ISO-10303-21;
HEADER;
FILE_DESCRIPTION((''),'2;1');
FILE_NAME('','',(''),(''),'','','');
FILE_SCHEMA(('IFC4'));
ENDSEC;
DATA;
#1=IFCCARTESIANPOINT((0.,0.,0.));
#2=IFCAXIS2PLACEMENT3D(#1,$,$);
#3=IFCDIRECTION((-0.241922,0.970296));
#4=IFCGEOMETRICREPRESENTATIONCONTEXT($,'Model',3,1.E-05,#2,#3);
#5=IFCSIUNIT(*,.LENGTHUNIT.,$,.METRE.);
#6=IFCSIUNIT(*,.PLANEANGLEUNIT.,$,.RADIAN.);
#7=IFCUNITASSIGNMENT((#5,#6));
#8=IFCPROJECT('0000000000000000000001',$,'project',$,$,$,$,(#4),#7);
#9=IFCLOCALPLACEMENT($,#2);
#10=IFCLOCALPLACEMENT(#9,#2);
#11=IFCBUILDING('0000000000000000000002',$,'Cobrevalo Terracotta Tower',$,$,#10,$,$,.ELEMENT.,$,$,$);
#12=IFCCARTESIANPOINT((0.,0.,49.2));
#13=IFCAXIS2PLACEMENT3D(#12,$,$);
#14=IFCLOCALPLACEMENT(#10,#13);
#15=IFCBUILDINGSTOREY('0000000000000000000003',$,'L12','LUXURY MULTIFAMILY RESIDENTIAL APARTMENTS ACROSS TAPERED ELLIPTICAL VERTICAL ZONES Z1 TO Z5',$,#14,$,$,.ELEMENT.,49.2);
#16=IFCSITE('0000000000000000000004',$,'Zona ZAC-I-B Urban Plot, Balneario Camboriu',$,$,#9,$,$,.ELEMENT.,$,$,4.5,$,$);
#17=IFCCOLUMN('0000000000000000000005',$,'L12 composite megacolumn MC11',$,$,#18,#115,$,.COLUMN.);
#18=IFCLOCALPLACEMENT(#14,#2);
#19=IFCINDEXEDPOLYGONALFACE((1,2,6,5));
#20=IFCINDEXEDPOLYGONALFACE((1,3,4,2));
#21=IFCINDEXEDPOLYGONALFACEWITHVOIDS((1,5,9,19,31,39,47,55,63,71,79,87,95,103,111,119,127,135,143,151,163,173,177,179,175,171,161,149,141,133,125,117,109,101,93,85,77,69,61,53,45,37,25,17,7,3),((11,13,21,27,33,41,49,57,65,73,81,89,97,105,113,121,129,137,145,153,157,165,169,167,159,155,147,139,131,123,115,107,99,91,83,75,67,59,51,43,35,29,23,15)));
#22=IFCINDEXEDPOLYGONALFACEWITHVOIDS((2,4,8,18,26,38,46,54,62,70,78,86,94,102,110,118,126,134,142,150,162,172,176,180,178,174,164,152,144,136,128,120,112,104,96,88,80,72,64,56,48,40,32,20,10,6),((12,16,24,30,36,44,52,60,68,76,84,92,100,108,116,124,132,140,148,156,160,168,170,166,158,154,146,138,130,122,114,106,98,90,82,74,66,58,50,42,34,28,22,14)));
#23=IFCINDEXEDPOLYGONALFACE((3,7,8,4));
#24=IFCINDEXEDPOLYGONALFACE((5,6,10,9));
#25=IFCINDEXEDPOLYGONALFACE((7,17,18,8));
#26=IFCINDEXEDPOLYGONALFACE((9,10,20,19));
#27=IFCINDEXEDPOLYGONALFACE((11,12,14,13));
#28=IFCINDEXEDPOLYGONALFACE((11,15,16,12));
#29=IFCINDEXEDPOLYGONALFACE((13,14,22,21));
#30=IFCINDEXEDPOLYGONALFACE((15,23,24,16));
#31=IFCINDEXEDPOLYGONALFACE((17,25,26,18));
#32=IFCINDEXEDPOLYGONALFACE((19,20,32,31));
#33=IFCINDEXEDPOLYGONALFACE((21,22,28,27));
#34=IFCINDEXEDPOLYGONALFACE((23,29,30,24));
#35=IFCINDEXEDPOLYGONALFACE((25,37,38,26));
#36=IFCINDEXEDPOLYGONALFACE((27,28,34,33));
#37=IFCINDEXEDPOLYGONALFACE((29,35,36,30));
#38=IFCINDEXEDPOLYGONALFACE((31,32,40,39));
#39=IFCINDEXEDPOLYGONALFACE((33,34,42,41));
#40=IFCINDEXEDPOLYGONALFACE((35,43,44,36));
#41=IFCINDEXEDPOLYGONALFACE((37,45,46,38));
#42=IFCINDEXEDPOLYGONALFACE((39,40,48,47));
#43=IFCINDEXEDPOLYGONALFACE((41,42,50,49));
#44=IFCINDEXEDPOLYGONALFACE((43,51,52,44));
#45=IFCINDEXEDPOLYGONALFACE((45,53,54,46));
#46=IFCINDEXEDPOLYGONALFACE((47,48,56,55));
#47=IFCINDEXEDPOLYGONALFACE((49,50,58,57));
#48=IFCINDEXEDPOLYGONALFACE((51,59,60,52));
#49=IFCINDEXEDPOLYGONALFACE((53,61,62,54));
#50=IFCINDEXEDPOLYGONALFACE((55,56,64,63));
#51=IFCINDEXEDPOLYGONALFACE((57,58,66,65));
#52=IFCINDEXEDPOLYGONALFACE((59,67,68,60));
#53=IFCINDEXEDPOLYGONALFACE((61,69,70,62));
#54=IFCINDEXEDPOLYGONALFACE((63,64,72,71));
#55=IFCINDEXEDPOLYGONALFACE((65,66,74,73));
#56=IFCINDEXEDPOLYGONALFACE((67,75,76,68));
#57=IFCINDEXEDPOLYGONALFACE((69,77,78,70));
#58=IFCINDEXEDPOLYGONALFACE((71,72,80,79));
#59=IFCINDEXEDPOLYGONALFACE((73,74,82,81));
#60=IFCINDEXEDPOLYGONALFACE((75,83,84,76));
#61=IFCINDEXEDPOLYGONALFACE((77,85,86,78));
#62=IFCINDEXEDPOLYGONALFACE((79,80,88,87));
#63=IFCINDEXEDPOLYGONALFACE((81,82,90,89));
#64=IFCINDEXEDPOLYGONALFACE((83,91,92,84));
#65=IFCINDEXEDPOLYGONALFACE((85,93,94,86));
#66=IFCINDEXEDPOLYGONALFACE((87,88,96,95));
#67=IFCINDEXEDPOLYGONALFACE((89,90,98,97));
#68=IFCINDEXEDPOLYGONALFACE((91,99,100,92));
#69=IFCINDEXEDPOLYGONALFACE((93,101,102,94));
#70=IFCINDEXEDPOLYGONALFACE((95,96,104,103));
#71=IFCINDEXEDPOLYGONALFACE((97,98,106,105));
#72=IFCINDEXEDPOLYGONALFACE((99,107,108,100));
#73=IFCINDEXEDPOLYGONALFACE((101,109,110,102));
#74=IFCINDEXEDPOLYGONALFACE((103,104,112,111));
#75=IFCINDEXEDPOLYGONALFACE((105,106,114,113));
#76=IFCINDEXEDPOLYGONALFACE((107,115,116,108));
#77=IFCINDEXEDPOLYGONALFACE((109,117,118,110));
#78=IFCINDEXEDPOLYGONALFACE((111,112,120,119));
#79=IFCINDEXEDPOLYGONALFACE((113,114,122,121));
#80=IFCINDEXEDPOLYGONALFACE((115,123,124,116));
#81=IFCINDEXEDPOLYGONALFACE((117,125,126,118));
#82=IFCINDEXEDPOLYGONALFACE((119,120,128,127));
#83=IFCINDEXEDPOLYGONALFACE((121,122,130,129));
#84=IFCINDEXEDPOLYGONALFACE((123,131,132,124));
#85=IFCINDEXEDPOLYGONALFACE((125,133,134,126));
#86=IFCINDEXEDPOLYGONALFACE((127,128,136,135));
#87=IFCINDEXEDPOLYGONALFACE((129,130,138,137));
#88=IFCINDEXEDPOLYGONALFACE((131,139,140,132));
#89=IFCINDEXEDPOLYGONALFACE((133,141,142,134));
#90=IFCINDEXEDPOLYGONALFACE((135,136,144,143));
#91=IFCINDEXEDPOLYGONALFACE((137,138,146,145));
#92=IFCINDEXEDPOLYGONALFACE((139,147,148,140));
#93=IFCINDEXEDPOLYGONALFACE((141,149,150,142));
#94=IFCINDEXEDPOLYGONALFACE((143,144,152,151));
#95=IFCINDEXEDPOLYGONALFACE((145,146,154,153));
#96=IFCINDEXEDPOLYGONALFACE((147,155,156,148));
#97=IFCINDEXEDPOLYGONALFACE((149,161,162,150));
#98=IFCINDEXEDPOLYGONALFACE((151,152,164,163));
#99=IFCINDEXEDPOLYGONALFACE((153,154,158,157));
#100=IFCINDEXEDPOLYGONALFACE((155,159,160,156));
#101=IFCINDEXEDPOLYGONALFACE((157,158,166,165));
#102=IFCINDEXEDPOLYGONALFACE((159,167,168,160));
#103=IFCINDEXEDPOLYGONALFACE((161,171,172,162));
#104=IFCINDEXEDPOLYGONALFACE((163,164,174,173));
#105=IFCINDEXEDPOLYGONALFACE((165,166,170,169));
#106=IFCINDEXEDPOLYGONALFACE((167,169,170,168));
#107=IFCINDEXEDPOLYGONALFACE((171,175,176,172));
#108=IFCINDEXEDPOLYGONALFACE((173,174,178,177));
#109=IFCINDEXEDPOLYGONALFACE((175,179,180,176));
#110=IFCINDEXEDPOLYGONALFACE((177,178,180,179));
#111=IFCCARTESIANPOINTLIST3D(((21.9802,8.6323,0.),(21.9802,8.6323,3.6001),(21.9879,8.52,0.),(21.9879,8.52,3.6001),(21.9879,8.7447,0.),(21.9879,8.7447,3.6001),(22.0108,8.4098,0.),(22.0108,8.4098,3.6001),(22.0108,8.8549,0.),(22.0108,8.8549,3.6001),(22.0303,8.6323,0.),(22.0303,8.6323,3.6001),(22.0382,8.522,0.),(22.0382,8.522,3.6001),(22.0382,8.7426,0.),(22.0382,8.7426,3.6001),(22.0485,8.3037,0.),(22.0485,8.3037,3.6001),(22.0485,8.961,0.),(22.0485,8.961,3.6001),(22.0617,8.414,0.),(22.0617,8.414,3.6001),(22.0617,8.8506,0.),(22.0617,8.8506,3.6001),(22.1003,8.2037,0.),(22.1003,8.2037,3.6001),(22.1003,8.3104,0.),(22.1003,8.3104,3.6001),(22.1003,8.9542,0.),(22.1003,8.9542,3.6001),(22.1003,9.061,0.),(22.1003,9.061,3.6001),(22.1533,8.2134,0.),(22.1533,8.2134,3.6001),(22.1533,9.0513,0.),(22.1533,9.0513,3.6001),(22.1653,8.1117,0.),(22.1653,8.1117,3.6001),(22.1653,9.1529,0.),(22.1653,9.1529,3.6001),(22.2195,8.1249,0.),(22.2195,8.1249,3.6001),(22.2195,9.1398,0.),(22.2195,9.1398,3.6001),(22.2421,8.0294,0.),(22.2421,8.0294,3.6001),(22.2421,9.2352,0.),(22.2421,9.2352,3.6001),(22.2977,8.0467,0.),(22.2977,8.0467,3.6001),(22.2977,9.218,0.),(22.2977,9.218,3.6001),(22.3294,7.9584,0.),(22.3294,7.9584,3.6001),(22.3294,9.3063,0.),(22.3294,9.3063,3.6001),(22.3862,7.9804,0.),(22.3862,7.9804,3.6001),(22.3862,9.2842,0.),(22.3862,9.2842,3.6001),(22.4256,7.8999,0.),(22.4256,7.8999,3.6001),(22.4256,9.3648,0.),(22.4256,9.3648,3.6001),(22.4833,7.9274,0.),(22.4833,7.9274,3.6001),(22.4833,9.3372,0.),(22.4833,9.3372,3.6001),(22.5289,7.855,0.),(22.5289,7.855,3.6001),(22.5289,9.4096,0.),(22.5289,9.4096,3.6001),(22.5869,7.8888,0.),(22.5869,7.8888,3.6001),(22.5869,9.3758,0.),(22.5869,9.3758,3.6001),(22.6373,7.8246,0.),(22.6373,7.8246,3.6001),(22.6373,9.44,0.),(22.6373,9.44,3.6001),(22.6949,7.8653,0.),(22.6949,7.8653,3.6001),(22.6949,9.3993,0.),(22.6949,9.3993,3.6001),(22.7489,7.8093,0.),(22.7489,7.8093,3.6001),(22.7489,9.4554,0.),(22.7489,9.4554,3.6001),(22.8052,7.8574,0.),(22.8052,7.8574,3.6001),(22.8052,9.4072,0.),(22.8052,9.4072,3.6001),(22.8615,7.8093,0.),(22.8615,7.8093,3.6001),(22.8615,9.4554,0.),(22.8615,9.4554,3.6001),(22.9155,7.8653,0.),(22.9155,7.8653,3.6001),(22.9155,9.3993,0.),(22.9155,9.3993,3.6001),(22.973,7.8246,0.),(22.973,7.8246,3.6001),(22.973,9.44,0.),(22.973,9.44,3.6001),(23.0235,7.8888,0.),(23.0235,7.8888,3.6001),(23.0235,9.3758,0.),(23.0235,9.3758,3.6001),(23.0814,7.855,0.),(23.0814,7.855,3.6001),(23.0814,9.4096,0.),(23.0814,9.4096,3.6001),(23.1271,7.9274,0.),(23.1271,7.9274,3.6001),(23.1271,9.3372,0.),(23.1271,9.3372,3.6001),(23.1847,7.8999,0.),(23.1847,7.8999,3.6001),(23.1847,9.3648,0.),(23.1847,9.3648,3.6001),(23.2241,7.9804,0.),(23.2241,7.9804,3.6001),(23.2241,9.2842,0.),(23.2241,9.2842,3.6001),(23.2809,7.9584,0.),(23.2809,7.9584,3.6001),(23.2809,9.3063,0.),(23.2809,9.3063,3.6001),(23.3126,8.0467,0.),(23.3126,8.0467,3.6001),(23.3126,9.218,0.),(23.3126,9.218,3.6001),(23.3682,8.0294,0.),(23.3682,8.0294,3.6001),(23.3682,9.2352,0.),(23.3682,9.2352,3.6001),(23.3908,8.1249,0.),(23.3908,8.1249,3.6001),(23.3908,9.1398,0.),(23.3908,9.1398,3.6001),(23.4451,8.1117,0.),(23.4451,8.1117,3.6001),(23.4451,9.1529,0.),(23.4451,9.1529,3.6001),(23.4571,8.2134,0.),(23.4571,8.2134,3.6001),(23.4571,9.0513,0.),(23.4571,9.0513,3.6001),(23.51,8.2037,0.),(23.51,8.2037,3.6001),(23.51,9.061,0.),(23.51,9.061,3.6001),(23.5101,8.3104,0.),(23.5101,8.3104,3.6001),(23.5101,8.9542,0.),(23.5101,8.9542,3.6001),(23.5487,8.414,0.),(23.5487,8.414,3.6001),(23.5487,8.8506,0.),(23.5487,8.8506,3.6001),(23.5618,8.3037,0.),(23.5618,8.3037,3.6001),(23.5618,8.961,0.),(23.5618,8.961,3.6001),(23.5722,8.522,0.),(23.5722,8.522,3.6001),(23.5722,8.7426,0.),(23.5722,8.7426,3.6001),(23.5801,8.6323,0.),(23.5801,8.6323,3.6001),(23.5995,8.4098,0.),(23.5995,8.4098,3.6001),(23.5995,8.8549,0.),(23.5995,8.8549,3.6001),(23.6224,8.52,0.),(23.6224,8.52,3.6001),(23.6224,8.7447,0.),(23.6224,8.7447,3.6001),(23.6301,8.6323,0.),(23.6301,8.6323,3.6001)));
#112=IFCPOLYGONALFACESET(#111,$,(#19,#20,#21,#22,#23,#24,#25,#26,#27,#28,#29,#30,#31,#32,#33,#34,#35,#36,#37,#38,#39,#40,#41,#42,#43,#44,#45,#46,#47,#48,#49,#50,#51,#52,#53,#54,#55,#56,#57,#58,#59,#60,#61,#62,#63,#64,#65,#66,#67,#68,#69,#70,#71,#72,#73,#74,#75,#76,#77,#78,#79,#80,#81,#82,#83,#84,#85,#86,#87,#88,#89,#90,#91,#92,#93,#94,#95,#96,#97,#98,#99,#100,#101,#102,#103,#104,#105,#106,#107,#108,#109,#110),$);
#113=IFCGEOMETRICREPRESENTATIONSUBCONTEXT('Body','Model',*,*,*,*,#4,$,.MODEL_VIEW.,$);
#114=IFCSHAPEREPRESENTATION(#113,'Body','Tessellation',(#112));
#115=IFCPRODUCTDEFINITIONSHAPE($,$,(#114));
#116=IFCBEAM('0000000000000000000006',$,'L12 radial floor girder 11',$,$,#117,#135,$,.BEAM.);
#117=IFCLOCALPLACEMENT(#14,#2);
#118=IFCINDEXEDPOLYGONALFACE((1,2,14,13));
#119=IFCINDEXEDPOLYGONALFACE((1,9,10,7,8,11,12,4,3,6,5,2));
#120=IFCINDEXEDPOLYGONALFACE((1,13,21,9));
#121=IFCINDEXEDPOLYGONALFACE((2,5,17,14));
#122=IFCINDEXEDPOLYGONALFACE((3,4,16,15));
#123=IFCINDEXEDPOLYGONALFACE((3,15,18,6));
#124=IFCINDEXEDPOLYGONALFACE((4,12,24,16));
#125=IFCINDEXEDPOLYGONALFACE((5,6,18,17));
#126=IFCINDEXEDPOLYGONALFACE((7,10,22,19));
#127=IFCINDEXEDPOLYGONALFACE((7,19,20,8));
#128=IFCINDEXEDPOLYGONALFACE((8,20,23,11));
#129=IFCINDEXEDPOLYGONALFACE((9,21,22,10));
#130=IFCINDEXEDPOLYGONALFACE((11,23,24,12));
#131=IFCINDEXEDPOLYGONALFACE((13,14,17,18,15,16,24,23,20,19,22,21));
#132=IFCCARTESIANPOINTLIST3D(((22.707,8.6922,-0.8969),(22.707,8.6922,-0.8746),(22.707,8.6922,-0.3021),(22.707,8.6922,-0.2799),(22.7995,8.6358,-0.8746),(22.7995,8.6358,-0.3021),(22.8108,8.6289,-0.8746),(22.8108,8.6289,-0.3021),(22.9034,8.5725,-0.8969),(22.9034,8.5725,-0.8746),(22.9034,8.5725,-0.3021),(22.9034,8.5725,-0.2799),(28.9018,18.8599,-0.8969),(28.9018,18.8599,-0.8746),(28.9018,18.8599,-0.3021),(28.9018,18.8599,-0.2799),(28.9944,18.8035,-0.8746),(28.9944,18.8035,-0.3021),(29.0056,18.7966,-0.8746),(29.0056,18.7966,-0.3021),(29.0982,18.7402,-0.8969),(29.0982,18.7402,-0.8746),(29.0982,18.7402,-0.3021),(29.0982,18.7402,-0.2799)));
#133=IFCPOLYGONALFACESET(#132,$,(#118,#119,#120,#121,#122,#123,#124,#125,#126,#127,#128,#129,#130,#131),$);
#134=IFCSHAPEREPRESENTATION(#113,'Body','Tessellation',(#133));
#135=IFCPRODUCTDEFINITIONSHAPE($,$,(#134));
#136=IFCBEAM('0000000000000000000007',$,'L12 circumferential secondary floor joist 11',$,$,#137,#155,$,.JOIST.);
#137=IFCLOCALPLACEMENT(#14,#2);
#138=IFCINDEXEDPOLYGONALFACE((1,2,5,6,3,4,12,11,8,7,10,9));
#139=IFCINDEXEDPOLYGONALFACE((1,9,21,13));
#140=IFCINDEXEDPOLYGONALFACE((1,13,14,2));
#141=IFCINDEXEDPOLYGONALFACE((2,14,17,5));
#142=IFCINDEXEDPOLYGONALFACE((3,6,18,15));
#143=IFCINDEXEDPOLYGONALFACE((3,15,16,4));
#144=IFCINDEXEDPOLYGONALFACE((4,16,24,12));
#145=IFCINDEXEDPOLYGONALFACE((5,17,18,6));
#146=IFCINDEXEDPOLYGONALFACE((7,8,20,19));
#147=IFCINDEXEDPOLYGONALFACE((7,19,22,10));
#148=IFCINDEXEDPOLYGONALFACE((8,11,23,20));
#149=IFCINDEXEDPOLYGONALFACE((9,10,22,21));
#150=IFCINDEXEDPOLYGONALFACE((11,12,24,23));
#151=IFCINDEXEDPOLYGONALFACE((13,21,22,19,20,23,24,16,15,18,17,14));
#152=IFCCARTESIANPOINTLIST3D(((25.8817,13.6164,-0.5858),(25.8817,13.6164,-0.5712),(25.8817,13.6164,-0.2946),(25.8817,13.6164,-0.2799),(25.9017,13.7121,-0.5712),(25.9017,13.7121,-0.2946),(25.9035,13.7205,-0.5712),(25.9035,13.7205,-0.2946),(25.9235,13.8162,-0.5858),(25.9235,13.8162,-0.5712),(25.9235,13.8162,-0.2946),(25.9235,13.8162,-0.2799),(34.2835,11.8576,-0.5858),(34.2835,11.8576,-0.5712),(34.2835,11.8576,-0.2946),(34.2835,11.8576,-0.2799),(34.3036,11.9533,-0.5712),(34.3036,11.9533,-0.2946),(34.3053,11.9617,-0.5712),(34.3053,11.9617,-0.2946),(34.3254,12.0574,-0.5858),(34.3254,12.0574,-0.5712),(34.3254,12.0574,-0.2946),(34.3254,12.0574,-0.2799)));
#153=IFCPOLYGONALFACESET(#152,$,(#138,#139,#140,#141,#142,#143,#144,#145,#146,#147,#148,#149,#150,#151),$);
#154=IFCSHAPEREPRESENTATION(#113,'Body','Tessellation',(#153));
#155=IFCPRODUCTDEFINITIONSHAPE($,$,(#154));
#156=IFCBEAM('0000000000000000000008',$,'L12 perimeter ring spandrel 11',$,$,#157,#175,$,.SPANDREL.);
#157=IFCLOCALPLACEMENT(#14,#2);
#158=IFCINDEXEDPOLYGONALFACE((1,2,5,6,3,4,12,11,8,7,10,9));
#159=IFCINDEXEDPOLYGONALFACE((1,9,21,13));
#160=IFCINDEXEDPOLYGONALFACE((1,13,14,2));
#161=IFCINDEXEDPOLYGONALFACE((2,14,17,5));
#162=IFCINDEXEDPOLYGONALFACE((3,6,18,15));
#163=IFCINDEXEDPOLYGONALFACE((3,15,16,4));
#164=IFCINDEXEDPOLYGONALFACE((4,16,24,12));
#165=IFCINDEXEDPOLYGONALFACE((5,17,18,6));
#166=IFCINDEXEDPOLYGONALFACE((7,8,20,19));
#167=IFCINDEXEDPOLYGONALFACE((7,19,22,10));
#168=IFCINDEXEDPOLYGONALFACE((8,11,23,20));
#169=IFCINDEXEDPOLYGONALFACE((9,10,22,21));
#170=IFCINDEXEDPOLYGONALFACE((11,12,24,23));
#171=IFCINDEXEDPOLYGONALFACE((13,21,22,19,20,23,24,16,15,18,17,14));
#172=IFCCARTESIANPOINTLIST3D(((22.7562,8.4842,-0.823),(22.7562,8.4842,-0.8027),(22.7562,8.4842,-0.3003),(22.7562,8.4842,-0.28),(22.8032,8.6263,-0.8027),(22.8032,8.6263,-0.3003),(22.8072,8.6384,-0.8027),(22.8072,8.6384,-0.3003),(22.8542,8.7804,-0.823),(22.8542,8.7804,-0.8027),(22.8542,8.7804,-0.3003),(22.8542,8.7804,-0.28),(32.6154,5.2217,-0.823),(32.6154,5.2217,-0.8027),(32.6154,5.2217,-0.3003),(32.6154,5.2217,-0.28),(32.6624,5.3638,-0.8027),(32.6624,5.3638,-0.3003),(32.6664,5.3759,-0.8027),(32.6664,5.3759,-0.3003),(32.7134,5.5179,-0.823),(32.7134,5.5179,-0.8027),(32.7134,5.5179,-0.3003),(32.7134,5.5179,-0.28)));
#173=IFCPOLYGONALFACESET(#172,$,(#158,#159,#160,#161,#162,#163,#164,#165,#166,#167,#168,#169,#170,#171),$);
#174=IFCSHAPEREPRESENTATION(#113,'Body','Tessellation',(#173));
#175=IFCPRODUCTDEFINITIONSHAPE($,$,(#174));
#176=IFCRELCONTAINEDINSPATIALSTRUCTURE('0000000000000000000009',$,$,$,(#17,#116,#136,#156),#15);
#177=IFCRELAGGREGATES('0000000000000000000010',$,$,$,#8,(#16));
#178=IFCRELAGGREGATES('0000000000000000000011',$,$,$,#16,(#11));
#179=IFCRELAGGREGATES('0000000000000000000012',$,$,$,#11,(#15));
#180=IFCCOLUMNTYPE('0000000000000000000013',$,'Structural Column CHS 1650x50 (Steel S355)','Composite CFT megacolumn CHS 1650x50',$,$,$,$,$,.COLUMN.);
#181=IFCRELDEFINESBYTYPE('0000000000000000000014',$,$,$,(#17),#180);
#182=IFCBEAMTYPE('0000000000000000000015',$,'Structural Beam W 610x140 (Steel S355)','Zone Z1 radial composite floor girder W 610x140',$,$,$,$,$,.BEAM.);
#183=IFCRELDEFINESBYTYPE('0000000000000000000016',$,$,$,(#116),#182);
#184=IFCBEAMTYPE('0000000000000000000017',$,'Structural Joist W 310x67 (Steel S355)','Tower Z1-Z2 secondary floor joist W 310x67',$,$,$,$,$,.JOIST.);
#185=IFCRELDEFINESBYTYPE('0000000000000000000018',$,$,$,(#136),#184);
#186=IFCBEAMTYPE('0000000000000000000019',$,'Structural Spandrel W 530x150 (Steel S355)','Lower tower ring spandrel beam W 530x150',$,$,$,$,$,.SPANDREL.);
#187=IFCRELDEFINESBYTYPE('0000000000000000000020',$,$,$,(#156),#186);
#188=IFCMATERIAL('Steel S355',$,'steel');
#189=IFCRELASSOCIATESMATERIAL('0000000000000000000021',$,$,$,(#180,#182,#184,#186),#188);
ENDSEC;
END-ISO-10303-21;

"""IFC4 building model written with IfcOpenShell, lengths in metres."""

from ifc_helpers import new_model, si_unit, direction, frame, origin, origin_2d, place, context, subcontext, project, spatial, hollow_circle, i_section, extrude, material, material_profile, profile_set, type_object, element, save


model = new_model("IFC4")

# Units and contexts
model_context = context("Model", 3, precision=1e-05, world=origin(), true_north=direction((-0.241922, 0.970296)))
body_context = subcontext(model_context, "Body", "Model", "MODEL_VIEW")
ifc_project = project(units=[si_unit("LENGTHUNIT", "METRE"), si_unit("PLANEANGLEUNIT", "RADIAN")], contexts=[model_context])

# Site, building, storey
site_placement = place(None, origin())
site = spatial("IfcSite", under=ifc_project, at=site_placement, Name="Zona ZAC-I-B Urban Plot, Balneario Camboriu", CompositionType="ELEMENT", RefElevation=4.5)
building_placement = place(site_placement, origin())
building = spatial("IfcBuilding", under=site, at=building_placement, Name="Cobrevalo Terracotta Tower", CompositionType="ELEMENT")
storey_placement = place(building_placement, frame((0.0, 0.0, 49.2)))
storey = spatial("IfcBuildingStorey", under=building, at=storey_placement, Name="L12", Description="LUXURY MULTIFAMILY RESIDENTIAL APARTMENTS ACROSS TAPERED ELLIPTICAL VERTICAL ZONES Z1 TO Z5", CompositionType="ELEMENT", Elevation=49.2)

# Column
ifc_material_1 = material(Name="Steel S355", Category="steel")
ifc_material_profile_1 = material_profile(ifc_material_1, hollow_circle(Radius=0.825, WallThickness=0.05, at=origin_2d()), Name="CHS 1650x50")
ifc_profile_set_1 = profile_set([ifc_material_profile_1], Name="Steel S355")
column_type = type_object("IfcColumnType", Name="Structural Column CHS 1650x50 (Steel S355)", Description="Composite CFT megacolumn CHS 1650x50", PredefinedType="COLUMN", material=ifc_profile_set_1)
for number, where, z_axis, x_axis, name in (
    (1, (22.8052, 8.6323, 0.0), (0.0, 0.0, 1.0), (1.0, 0.0, 0.0), "L12 composite megacolumn MC11"),
):
    element("IfcColumn", number, at=place(storey_placement, frame(where, z_axis=z_axis, x_axis=x_axis)), inside=storey, type_object=column_type, Name=name, PredefinedType="COLUMN", context=body_context, shape_type="SweptSolid", body=[
        extrude(hollow_circle(Radius=0.825, WallThickness=0.05, at=origin_2d()), origin(), (0.0, 0.0, 1.0), 3.6001),
    ])

# Beams
ifc_material_profile_2 = material_profile(ifc_material_1, i_section(OverallWidth=0.23, OverallDepth=0.6169, WebThickness=0.0132, FlangeThickness=0.0222, at=origin_2d()), Name="W 610x140")
ifc_profile_set_2 = profile_set([ifc_material_profile_2], Name="Steel S355")
beam_type_1 = type_object("IfcBeamType", Name="Structural Beam W 610x140 (Steel S355)", Description="Zone Z1 radial composite floor girder W 610x140", PredefinedType="BEAM", material=ifc_profile_set_2)
beam_1_placement = place(storey_placement, frame((22.8052, 8.6323, -0.5884), z_axis=(0.520301, 0.853983, 0.0), x_axis=(-0.853983, 0.520301, 0.0)))
element("IfcBeam", 2, at=beam_1_placement, inside=storey, type_object=beam_type_1, Name="L12 radial floor girder 11", PredefinedType="BEAM", context=body_context, shape_type="SweptSolid", body=[
    extrude(i_section(OverallWidth=0.23, OverallDepth=0.6169, WebThickness=0.0132, FlangeThickness=0.0222, at=origin_2d()), origin(), (0.0, 0.0, 1.0), 11.9062),
])
ifc_material_profile_3 = material_profile(ifc_material_1, i_section(OverallWidth=0.2041, OverallDepth=0.3059, WebThickness=0.0085, FlangeThickness=0.0146, at=origin_2d()), Name="W 310x67")
ifc_profile_set_3 = profile_set([ifc_material_profile_3], Name="Steel S355")
beam_type_2 = type_object("IfcBeamType", Name="Structural Joist W 310x67 (Steel S355)", Description="Tower Z1-Z2 secondary floor joist W 310x67", PredefinedType="JOIST", material=ifc_profile_set_3)
beam_2_placement = place(storey_placement, frame((25.9026, 13.7163, -0.4329), z_axis=(0.978785, -0.204892, 0.0), x_axis=(0.204892, 0.978785, 0.0)))
element("IfcBeam", 3, at=beam_2_placement, inside=storey, type_object=beam_type_2, Name="L12 circumferential secondary floor joist 11", PredefinedType="JOIST", context=body_context, shape_type="SweptSolid", body=[
    extrude(i_section(OverallWidth=0.2041, OverallDepth=0.3059, WebThickness=0.0085, FlangeThickness=0.0146, at=origin_2d()), origin(), (0.0, 0.0, 1.0), 8.584),
])
ifc_material_profile_4 = material_profile(ifc_material_1, i_section(OverallWidth=0.312, OverallDepth=0.543, WebThickness=0.0127, FlangeThickness=0.0203, at=origin_2d()), Name="W 530x150")
ifc_profile_set_4 = profile_set([ifc_material_profile_4], Name="Steel S355")
beam_type_3 = type_object("IfcBeamType", Name="Structural Spandrel W 530x150 (Steel S355)", Description="Lower tower ring spandrel beam W 530x150", PredefinedType="SPANDREL", material=ifc_profile_set_4)
beam_3_placement = place(storey_placement, frame((22.8052, 8.6323, -0.5515), z_axis=(0.949372, -0.314153, 0.0), x_axis=(0.314153, 0.949372, 0.0)))
element("IfcBeam", 4, at=beam_3_placement, inside=storey, type_object=beam_type_3, Name="L12 perimeter ring spandrel 11", PredefinedType="SPANDREL", context=body_context, shape_type="SweptSolid", body=[
    extrude(i_section(OverallWidth=0.312, OverallDepth=0.543, WebThickness=0.0127, FlangeThickness=0.0203, at=origin_2d()), origin(), (0.0, 0.0, 1.0), 10.385),
])

save(model, "model.ifc")
